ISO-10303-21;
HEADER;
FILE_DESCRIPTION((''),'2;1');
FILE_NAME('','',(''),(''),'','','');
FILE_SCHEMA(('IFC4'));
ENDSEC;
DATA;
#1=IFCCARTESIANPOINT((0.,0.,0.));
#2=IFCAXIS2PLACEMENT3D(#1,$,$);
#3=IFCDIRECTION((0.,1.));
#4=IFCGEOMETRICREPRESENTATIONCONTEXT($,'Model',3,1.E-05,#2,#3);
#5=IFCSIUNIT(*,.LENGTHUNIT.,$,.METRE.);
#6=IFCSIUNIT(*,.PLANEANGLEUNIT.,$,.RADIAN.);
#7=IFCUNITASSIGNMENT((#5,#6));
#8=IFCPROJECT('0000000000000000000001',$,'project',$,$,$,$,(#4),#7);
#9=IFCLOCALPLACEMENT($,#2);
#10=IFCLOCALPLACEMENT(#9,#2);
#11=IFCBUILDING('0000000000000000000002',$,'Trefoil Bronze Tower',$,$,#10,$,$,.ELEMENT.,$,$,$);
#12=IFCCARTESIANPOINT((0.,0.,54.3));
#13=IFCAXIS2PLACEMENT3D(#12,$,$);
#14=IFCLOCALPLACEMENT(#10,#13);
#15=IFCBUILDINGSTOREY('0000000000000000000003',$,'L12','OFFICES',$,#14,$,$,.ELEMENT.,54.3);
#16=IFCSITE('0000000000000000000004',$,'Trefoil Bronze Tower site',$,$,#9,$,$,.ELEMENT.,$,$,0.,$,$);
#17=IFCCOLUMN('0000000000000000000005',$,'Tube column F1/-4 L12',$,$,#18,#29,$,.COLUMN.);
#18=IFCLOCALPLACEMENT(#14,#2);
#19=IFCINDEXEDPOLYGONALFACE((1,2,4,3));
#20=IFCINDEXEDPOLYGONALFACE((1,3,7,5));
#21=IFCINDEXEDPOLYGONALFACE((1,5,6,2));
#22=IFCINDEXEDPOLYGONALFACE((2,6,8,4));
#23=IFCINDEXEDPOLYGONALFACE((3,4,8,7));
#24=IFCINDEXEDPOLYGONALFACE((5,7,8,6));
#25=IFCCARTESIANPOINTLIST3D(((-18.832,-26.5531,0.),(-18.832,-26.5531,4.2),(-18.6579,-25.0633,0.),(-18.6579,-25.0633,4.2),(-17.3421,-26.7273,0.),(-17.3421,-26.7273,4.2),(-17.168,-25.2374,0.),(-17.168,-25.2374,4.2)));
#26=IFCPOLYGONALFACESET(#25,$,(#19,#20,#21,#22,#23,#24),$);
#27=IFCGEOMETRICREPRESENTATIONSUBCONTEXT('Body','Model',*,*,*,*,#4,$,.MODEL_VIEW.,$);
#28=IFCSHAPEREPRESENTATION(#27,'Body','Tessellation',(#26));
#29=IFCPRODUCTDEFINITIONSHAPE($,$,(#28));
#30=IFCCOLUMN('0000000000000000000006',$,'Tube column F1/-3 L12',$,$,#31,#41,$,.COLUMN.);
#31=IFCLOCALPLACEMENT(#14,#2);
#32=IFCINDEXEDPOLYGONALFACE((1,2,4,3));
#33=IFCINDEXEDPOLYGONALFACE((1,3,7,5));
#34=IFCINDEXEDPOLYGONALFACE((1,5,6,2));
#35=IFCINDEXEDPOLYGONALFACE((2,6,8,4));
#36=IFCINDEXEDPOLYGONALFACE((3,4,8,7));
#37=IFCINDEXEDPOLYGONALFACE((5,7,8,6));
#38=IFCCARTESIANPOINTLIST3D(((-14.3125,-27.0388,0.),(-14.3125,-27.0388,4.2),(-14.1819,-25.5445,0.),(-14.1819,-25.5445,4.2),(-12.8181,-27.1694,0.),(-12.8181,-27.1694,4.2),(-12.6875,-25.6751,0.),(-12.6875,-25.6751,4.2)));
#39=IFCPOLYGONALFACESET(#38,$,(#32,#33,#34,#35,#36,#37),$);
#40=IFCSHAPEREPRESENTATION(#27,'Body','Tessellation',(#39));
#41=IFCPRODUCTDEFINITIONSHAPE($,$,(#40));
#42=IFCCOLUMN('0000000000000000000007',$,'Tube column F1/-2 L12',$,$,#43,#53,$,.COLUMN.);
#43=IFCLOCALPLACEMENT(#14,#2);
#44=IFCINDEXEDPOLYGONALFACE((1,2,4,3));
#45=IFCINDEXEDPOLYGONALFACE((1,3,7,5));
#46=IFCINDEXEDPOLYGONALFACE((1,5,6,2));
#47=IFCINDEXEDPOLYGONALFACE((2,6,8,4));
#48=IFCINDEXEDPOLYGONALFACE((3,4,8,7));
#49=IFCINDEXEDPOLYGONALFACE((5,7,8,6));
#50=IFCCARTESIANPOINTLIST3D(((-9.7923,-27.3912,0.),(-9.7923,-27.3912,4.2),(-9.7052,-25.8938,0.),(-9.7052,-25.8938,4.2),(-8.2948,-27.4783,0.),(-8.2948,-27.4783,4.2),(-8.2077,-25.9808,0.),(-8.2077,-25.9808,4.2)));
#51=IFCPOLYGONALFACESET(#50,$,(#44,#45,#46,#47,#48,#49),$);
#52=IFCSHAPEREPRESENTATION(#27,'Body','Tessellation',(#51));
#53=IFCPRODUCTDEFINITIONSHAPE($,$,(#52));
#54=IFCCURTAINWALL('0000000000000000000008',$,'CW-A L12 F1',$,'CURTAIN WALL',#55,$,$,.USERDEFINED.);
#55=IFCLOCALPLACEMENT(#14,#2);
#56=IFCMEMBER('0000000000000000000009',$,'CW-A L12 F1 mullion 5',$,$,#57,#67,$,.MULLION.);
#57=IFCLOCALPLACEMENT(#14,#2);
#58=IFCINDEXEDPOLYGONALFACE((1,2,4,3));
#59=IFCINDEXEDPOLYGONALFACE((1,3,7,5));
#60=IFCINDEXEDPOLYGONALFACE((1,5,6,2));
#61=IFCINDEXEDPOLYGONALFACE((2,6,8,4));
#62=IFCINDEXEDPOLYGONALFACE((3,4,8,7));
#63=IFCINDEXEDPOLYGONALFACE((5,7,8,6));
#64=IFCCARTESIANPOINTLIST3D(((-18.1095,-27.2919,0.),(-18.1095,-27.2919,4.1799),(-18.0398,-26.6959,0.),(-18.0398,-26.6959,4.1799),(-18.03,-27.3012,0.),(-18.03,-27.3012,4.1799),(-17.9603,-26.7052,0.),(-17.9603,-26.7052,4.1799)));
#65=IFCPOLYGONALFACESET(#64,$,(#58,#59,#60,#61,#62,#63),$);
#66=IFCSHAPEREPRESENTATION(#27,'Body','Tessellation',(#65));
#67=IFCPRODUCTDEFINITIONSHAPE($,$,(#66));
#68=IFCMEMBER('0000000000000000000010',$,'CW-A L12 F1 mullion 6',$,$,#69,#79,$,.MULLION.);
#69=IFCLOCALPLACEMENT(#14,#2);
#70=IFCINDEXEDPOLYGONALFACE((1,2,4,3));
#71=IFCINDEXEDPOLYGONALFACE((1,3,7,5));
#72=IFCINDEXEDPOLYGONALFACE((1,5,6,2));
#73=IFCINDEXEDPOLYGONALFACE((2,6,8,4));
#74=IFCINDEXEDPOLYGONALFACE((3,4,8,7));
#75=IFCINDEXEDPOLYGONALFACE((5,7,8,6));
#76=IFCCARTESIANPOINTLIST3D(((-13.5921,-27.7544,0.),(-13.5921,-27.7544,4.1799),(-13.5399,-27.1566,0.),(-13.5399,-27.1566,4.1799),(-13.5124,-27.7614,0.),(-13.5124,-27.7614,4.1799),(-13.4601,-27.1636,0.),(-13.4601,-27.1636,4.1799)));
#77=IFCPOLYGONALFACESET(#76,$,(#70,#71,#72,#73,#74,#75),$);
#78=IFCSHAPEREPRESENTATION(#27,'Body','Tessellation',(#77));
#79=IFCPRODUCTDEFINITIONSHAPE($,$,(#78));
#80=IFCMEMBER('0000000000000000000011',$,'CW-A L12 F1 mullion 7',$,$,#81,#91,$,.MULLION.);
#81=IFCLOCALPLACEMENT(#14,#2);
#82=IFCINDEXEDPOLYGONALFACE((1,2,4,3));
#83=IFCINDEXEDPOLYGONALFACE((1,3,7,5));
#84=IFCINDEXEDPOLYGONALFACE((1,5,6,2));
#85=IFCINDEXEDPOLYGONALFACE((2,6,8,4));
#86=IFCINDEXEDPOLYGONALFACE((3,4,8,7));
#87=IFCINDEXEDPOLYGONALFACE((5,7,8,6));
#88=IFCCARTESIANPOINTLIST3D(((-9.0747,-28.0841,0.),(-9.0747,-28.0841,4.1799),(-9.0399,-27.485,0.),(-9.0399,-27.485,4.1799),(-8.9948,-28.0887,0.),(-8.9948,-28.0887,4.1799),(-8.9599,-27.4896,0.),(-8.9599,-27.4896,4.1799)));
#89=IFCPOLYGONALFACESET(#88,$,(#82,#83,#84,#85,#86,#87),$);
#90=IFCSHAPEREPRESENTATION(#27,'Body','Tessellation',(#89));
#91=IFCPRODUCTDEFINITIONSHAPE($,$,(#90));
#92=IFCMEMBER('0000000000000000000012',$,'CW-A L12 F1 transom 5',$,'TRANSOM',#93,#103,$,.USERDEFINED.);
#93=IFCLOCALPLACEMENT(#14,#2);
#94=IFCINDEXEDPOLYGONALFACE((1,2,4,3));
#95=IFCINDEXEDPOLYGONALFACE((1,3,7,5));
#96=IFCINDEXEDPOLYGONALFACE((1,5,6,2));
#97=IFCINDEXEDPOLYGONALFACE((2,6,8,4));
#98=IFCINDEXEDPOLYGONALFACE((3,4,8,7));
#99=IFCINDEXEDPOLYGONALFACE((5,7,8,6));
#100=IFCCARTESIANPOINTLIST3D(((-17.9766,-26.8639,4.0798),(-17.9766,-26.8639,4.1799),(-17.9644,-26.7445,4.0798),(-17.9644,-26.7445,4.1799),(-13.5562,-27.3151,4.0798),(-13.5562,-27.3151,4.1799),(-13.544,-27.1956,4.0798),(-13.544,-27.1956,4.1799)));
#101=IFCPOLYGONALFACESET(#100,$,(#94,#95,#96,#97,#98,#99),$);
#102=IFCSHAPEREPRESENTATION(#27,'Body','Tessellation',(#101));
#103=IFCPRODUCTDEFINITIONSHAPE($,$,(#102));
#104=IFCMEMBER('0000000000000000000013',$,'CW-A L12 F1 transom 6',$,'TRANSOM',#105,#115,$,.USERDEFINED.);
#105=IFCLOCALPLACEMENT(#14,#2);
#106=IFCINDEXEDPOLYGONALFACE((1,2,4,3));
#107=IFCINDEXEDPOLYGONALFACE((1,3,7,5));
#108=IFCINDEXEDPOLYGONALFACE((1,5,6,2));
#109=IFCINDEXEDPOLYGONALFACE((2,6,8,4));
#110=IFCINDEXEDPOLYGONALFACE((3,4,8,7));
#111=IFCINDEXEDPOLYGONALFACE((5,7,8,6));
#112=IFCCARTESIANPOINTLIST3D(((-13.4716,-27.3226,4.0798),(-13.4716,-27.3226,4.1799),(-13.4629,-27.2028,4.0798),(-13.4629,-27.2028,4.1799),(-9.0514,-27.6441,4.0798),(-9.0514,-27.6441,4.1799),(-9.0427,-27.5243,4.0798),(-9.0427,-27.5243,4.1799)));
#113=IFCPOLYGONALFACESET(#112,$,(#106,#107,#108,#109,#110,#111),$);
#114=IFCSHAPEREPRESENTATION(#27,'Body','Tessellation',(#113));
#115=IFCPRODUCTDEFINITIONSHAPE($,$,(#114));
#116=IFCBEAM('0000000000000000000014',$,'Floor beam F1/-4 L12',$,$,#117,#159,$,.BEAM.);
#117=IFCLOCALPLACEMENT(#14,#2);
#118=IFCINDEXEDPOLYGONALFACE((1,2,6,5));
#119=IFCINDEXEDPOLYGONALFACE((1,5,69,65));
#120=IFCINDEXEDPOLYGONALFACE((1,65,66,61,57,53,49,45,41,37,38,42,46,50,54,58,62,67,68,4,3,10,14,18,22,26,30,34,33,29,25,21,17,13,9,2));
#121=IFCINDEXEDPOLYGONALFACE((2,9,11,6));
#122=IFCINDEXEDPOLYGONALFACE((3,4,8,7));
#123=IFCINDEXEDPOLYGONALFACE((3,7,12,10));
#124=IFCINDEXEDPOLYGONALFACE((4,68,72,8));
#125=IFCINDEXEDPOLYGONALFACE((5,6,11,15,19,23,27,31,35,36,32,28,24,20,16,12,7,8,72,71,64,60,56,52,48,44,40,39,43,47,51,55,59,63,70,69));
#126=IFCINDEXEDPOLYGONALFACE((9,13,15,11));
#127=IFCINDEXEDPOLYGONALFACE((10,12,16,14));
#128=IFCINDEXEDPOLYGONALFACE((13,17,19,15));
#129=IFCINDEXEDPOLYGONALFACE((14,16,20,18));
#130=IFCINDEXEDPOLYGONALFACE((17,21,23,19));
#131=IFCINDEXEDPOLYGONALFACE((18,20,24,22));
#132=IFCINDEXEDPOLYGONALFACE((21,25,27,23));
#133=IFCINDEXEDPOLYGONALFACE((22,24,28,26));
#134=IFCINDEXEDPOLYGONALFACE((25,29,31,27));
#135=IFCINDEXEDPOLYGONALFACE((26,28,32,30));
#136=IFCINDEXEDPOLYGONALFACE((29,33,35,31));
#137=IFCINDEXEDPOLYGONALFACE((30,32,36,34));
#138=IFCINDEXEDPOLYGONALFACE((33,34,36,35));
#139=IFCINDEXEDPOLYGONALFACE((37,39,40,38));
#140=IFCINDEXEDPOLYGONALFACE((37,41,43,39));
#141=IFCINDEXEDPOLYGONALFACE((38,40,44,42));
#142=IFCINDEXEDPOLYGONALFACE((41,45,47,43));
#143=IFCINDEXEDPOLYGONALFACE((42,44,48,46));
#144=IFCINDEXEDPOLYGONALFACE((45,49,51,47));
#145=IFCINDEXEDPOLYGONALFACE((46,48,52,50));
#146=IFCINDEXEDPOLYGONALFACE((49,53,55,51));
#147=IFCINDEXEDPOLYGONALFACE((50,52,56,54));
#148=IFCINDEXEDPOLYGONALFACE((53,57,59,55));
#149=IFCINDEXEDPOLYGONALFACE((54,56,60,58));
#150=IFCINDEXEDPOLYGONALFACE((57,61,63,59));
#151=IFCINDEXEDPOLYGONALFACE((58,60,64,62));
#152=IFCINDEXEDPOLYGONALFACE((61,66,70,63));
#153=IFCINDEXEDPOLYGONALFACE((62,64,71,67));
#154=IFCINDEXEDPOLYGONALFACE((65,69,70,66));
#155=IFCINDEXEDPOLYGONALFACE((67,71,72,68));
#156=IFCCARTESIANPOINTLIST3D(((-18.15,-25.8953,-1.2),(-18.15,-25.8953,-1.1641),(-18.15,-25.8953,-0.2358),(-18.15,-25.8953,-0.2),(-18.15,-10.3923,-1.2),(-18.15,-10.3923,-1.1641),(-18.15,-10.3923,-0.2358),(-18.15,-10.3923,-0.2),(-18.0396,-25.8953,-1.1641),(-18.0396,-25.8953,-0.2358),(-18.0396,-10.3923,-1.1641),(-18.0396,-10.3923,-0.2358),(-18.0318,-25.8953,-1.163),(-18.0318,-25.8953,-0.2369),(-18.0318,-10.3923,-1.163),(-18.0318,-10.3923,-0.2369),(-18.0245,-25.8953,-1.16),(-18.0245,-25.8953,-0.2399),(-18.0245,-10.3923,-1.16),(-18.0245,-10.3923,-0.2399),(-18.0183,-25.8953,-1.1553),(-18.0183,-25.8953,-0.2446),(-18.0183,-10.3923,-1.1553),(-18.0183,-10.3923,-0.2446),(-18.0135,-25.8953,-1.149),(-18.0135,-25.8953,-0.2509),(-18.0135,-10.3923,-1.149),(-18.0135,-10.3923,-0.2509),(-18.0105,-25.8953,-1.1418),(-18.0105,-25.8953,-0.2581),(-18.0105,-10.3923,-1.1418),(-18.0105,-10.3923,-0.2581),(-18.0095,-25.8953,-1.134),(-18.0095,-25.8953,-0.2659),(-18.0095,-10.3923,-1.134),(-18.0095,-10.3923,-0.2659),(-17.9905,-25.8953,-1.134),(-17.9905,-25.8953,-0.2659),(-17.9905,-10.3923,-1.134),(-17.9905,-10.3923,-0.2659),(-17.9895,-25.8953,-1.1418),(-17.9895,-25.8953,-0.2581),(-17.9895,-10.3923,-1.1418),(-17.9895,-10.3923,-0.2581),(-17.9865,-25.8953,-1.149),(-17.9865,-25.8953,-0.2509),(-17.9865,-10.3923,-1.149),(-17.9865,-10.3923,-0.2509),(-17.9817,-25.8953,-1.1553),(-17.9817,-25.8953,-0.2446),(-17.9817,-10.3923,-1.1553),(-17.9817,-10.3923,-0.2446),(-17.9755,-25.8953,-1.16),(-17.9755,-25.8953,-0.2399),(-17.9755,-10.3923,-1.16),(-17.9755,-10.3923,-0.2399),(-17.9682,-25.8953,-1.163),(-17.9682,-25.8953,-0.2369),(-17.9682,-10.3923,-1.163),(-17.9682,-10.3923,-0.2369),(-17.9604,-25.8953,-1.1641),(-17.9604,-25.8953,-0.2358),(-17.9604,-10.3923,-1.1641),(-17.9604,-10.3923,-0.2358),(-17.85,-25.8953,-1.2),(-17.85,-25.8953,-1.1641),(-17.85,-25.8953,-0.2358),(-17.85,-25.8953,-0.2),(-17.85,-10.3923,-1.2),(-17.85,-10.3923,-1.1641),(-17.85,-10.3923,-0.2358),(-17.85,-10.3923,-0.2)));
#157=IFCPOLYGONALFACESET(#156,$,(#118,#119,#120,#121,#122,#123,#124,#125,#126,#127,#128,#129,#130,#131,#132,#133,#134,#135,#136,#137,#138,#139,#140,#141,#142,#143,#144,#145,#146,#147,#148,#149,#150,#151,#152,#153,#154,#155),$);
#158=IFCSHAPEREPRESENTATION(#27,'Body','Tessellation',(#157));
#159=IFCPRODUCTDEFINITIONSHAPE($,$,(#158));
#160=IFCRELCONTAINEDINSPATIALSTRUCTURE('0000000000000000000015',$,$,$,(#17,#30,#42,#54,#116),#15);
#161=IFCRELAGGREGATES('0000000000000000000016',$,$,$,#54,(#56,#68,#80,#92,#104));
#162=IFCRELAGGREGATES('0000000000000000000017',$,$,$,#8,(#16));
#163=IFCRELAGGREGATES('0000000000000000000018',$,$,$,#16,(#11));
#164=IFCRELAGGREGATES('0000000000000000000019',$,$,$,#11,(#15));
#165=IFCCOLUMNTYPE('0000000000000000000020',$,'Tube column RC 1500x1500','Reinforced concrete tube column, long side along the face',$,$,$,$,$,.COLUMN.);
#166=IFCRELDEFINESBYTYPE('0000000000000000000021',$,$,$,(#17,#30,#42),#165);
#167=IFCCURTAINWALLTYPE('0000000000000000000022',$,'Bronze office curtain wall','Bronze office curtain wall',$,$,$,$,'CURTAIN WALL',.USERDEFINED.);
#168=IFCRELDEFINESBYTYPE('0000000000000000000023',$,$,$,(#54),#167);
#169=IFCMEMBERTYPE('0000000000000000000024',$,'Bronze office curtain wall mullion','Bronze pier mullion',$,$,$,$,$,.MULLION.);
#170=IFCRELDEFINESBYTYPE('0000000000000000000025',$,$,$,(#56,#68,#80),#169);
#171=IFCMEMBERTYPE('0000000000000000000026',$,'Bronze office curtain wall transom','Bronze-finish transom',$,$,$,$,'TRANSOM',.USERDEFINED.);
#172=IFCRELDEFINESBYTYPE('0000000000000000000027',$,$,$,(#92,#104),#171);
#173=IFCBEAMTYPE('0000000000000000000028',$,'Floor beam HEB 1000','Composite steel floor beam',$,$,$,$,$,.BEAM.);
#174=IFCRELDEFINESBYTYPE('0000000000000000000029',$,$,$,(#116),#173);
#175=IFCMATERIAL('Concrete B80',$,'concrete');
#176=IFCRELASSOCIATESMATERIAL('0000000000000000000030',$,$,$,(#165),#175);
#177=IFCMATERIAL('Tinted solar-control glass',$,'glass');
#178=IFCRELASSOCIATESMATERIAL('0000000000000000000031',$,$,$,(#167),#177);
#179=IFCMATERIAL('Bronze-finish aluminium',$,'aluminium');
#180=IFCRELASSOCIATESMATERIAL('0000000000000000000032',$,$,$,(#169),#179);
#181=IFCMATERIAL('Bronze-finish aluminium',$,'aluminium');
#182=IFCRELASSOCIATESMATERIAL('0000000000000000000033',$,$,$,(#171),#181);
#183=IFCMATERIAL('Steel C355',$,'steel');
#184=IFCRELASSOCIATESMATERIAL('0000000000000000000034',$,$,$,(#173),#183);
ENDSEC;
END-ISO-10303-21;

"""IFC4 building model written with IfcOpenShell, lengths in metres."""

from ifc_helpers import new_model, si_unit, direction, frame, origin, origin_2d, place, context, subcontext, project, spatial, rectangle, i_section, extrude, material, material_profile, profile_set, type_object, element, aggregate, save


model = new_model("IFC4")

# Units and contexts
model_context = context("Model", 3, precision=1e-05, world=origin(), true_north=direction((0.0, 1.0)))
body_context = subcontext(model_context, "Body", "Model", "MODEL_VIEW")
ifc_project = project(units=[si_unit("LENGTHUNIT", "METRE"), si_unit("PLANEANGLEUNIT", "RADIAN")], contexts=[model_context])

# Site, building, storey
site_placement = place(None, origin())
site = spatial("IfcSite", under=ifc_project, at=site_placement, Name="Trefoil Bronze Tower site", CompositionType="ELEMENT", RefElevation=0.0)
building_placement = place(site_placement, origin())
building = spatial("IfcBuilding", under=site, at=building_placement, Name="Trefoil Bronze Tower", CompositionType="ELEMENT")
storey_placement = place(building_placement, frame((0.0, 0.0, 54.3)))
storey = spatial("IfcBuildingStorey", under=building, at=storey_placement, Name="L12", Description="OFFICES", CompositionType="ELEMENT", Elevation=54.3)

# Columns
ifc_material_1 = material(Name="Concrete B80", Category="concrete")
ifc_material_profile_1 = material_profile(ifc_material_1, rectangle(XDim=1.5, YDim=1.5, at=origin_2d()), Name="RC 1500x1500")
ifc_profile_set_1 = profile_set([ifc_material_profile_1], Name="Concrete B80")
column_type = type_object("IfcColumnType", Name="Tube column RC 1500x1500", Description="Reinforced concrete tube column, long side along the face", PredefinedType="COLUMN", material=ifc_profile_set_1)
for number, where, z_axis, x_axis, name in (
    (1, (-18.0, -25.8953, 0.0), (0.0, 0.0, 1.0), (0.993239, -0.116087, 0.0), "Tube column F1/-4 L12"),
    (2, (-13.5, -26.3569, 0.0), (0.0, 0.0, 1.0), (0.996203, -0.087065, 0.0), "Tube column F1/-3 L12"),
    (3, (-9.0, -26.686, 0.0), (0.0, 0.0, 1.0), (0.998314, -0.058043, 0.0), "Tube column F1/-2 L12"),
):
    element("IfcColumn", number, at=place(storey_placement, frame(where, z_axis=z_axis, x_axis=x_axis)), inside=storey, type_object=column_type, Name=name, PredefinedType="COLUMN", context=body_context, shape_type="SweptSolid", body=[
        extrude(rectangle(XDim=1.5, YDim=1.5, at=origin_2d()), origin(), (0.0, 0.0, 1.0), 4.2),
    ])

# Curtain wall, members
ifc_material_2 = material(Name="Tinted solar-control glass", Category="glass")
curtain_wall_type = type_object("IfcCurtainWallType", Name="Bronze office curtain wall", Description="Bronze office curtain wall", ElementType="CURTAIN WALL", PredefinedType="USERDEFINED", material=ifc_material_2)
curtain_wall_placement = place(storey_placement, origin())
curtain_wall = element("IfcCurtainWall", 4, at=curtain_wall_placement, inside=storey, type_object=curtain_wall_type, Name="CW-A L12 F1", ObjectType="CURTAIN WALL", PredefinedType="USERDEFINED")
ifc_material_3 = material(Name="Bronze-finish aluminium", Category="aluminium")
ifc_material_profile_2 = material_profile(ifc_material_3, rectangle(XDim=0.6001, YDim=0.0801, at=origin_2d()), Name="CW-A mullion")
ifc_profile_set_2 = profile_set([ifc_material_profile_2], Name="Bronze-finish aluminium")
member_type_1 = type_object("IfcMemberType", Name="Bronze office curtain wall mullion", Description="Bronze pier mullion", PredefinedType="MULLION", material=ifc_profile_set_2)
member_1_placement = place(storey_placement, frame((-18.0349, -26.9985, 0.0), z_axis=(0.0, 0.0, 1.0), x_axis=(0.116087, 0.993239, 0.0)))
member_1 = element("IfcMember", 5, at=member_1_placement, type_object=member_type_1, Name="CW-A L12 F1 mullion 5", PredefinedType="MULLION", context=body_context, shape_type="SweptSolid", body=[
    extrude(rectangle(XDim=0.6001, YDim=0.0801, at=origin_2d()), origin(), (0.0, 0.0, 1.0), 4.1799),
])
member_2_placement = place(storey_placement, frame((-13.5261, -27.459, 0.0), z_axis=(0.0, 0.0, 1.0), x_axis=(0.087065, 0.996203, 0.0)))
member_2 = element("IfcMember", 6, at=member_2_placement, type_object=member_type_1, Name="CW-A L12 F1 mullion 6", PredefinedType="MULLION", context=body_context, shape_type="SweptSolid", body=[
    extrude(rectangle(XDim=0.6001, YDim=0.0801, at=origin_2d()), origin(), (0.0, 0.0, 1.0), 4.1799),
])
member_3_placement = place(storey_placement, frame((-9.0173, -27.7869, 0.0), z_axis=(0.0, 0.0, 1.0), x_axis=(0.058043, 0.998314, 0.0)))
member_3 = element("IfcMember", 7, at=member_3_placement, type_object=member_type_1, Name="CW-A L12 F1 mullion 7", PredefinedType="MULLION", context=body_context, shape_type="SweptSolid", body=[
    extrude(rectangle(XDim=0.6001, YDim=0.0801, at=origin_2d()), origin(), (0.0, 0.0, 1.0), 4.1799),
])
ifc_material_4 = material(Name="Bronze-finish aluminium", Category="aluminium")
ifc_material_profile_3 = material_profile(ifc_material_4, rectangle(XDim=0.1201, YDim=0.1001, at=origin_2d()), Name="CW-A transom")
ifc_profile_set_3 = profile_set([ifc_material_profile_3], Name="Bronze-finish aluminium")
member_type_2 = type_object("IfcMemberType", Name="Bronze office curtain wall transom", Description="Bronze-finish transom", ElementType="TRANSOM", PredefinedType="USERDEFINED", material=ifc_profile_set_3)
member_4_placement = place(storey_placement, frame((-17.9705, -26.8042, 4.1299), z_axis=(0.994832, -0.101538, 0.0), x_axis=(0.101538, 0.994832, 0.0)))
member_4 = element("IfcMember", 8, at=member_4_placement, type_object=member_type_2, Name="CW-A L12 F1 transom 5", ObjectType="TRANSOM", PredefinedType="USERDEFINED", context=body_context, shape_type="SweptSolid", body=[
    extrude(rectangle(XDim=0.1201, YDim=0.1001, at=origin_2d()), origin(), (0.0, 0.0, 1.0), 4.4434),
])
member_5_placement = place(storey_placement, frame((-13.4673, -27.2627, 4.1299), z_axis=(0.997365, -0.072551, 0.0), x_axis=(0.072551, 0.997365, 0.0)))
member_5 = element("IfcMember", 9, at=member_5_placement, type_object=member_type_2, Name="CW-A L12 F1 transom 6", ObjectType="TRANSOM", PredefinedType="USERDEFINED", context=body_context, shape_type="SweptSolid", body=[
    extrude(rectangle(XDim=0.1201, YDim=0.1001, at=origin_2d()), origin(), (0.0, 0.0, 1.0), 4.4319),
])

# Beam
ifc_material_5 = material(Name="Steel C355", Category="steel")
ifc_material_profile_4 = material_profile(ifc_material_5, i_section(OverallWidth=0.3, OverallDepth=1.0, WebThickness=0.019, FlangeThickness=0.0359, FilletRadius=0.03, at=origin_2d()), Name="HEB 1000")
ifc_profile_set_4 = profile_set([ifc_material_profile_4], Name="Steel C355")
beam_type_1 = type_object("IfcBeamType", Name="Floor beam HEB 1000", Description="Composite steel floor beam", PredefinedType="BEAM", material=ifc_profile_set_4)
beam_1_placement = place(storey_placement, frame((-18.0, -25.8953, -0.7), z_axis=(0.0, 1.0, 0.0), x_axis=(-1.0, 0.0, 0.0)))
element("IfcBeam", 10, at=beam_1_placement, inside=storey, type_object=beam_type_1, Name="Floor beam F1/-4 L12", PredefinedType="BEAM", context=body_context, shape_type="SweptSolid", body=[
    extrude(i_section(OverallWidth=0.3, OverallDepth=1.0, WebThickness=0.019, FlangeThickness=0.0359, FilletRadius=0.03, at=origin_2d()), origin(), (0.0, 0.0, 1.0), 15.5029),
])

aggregate(curtain_wall, [member_1, member_2, member_3, member_4, member_5])

save(model, "model.ifc")
